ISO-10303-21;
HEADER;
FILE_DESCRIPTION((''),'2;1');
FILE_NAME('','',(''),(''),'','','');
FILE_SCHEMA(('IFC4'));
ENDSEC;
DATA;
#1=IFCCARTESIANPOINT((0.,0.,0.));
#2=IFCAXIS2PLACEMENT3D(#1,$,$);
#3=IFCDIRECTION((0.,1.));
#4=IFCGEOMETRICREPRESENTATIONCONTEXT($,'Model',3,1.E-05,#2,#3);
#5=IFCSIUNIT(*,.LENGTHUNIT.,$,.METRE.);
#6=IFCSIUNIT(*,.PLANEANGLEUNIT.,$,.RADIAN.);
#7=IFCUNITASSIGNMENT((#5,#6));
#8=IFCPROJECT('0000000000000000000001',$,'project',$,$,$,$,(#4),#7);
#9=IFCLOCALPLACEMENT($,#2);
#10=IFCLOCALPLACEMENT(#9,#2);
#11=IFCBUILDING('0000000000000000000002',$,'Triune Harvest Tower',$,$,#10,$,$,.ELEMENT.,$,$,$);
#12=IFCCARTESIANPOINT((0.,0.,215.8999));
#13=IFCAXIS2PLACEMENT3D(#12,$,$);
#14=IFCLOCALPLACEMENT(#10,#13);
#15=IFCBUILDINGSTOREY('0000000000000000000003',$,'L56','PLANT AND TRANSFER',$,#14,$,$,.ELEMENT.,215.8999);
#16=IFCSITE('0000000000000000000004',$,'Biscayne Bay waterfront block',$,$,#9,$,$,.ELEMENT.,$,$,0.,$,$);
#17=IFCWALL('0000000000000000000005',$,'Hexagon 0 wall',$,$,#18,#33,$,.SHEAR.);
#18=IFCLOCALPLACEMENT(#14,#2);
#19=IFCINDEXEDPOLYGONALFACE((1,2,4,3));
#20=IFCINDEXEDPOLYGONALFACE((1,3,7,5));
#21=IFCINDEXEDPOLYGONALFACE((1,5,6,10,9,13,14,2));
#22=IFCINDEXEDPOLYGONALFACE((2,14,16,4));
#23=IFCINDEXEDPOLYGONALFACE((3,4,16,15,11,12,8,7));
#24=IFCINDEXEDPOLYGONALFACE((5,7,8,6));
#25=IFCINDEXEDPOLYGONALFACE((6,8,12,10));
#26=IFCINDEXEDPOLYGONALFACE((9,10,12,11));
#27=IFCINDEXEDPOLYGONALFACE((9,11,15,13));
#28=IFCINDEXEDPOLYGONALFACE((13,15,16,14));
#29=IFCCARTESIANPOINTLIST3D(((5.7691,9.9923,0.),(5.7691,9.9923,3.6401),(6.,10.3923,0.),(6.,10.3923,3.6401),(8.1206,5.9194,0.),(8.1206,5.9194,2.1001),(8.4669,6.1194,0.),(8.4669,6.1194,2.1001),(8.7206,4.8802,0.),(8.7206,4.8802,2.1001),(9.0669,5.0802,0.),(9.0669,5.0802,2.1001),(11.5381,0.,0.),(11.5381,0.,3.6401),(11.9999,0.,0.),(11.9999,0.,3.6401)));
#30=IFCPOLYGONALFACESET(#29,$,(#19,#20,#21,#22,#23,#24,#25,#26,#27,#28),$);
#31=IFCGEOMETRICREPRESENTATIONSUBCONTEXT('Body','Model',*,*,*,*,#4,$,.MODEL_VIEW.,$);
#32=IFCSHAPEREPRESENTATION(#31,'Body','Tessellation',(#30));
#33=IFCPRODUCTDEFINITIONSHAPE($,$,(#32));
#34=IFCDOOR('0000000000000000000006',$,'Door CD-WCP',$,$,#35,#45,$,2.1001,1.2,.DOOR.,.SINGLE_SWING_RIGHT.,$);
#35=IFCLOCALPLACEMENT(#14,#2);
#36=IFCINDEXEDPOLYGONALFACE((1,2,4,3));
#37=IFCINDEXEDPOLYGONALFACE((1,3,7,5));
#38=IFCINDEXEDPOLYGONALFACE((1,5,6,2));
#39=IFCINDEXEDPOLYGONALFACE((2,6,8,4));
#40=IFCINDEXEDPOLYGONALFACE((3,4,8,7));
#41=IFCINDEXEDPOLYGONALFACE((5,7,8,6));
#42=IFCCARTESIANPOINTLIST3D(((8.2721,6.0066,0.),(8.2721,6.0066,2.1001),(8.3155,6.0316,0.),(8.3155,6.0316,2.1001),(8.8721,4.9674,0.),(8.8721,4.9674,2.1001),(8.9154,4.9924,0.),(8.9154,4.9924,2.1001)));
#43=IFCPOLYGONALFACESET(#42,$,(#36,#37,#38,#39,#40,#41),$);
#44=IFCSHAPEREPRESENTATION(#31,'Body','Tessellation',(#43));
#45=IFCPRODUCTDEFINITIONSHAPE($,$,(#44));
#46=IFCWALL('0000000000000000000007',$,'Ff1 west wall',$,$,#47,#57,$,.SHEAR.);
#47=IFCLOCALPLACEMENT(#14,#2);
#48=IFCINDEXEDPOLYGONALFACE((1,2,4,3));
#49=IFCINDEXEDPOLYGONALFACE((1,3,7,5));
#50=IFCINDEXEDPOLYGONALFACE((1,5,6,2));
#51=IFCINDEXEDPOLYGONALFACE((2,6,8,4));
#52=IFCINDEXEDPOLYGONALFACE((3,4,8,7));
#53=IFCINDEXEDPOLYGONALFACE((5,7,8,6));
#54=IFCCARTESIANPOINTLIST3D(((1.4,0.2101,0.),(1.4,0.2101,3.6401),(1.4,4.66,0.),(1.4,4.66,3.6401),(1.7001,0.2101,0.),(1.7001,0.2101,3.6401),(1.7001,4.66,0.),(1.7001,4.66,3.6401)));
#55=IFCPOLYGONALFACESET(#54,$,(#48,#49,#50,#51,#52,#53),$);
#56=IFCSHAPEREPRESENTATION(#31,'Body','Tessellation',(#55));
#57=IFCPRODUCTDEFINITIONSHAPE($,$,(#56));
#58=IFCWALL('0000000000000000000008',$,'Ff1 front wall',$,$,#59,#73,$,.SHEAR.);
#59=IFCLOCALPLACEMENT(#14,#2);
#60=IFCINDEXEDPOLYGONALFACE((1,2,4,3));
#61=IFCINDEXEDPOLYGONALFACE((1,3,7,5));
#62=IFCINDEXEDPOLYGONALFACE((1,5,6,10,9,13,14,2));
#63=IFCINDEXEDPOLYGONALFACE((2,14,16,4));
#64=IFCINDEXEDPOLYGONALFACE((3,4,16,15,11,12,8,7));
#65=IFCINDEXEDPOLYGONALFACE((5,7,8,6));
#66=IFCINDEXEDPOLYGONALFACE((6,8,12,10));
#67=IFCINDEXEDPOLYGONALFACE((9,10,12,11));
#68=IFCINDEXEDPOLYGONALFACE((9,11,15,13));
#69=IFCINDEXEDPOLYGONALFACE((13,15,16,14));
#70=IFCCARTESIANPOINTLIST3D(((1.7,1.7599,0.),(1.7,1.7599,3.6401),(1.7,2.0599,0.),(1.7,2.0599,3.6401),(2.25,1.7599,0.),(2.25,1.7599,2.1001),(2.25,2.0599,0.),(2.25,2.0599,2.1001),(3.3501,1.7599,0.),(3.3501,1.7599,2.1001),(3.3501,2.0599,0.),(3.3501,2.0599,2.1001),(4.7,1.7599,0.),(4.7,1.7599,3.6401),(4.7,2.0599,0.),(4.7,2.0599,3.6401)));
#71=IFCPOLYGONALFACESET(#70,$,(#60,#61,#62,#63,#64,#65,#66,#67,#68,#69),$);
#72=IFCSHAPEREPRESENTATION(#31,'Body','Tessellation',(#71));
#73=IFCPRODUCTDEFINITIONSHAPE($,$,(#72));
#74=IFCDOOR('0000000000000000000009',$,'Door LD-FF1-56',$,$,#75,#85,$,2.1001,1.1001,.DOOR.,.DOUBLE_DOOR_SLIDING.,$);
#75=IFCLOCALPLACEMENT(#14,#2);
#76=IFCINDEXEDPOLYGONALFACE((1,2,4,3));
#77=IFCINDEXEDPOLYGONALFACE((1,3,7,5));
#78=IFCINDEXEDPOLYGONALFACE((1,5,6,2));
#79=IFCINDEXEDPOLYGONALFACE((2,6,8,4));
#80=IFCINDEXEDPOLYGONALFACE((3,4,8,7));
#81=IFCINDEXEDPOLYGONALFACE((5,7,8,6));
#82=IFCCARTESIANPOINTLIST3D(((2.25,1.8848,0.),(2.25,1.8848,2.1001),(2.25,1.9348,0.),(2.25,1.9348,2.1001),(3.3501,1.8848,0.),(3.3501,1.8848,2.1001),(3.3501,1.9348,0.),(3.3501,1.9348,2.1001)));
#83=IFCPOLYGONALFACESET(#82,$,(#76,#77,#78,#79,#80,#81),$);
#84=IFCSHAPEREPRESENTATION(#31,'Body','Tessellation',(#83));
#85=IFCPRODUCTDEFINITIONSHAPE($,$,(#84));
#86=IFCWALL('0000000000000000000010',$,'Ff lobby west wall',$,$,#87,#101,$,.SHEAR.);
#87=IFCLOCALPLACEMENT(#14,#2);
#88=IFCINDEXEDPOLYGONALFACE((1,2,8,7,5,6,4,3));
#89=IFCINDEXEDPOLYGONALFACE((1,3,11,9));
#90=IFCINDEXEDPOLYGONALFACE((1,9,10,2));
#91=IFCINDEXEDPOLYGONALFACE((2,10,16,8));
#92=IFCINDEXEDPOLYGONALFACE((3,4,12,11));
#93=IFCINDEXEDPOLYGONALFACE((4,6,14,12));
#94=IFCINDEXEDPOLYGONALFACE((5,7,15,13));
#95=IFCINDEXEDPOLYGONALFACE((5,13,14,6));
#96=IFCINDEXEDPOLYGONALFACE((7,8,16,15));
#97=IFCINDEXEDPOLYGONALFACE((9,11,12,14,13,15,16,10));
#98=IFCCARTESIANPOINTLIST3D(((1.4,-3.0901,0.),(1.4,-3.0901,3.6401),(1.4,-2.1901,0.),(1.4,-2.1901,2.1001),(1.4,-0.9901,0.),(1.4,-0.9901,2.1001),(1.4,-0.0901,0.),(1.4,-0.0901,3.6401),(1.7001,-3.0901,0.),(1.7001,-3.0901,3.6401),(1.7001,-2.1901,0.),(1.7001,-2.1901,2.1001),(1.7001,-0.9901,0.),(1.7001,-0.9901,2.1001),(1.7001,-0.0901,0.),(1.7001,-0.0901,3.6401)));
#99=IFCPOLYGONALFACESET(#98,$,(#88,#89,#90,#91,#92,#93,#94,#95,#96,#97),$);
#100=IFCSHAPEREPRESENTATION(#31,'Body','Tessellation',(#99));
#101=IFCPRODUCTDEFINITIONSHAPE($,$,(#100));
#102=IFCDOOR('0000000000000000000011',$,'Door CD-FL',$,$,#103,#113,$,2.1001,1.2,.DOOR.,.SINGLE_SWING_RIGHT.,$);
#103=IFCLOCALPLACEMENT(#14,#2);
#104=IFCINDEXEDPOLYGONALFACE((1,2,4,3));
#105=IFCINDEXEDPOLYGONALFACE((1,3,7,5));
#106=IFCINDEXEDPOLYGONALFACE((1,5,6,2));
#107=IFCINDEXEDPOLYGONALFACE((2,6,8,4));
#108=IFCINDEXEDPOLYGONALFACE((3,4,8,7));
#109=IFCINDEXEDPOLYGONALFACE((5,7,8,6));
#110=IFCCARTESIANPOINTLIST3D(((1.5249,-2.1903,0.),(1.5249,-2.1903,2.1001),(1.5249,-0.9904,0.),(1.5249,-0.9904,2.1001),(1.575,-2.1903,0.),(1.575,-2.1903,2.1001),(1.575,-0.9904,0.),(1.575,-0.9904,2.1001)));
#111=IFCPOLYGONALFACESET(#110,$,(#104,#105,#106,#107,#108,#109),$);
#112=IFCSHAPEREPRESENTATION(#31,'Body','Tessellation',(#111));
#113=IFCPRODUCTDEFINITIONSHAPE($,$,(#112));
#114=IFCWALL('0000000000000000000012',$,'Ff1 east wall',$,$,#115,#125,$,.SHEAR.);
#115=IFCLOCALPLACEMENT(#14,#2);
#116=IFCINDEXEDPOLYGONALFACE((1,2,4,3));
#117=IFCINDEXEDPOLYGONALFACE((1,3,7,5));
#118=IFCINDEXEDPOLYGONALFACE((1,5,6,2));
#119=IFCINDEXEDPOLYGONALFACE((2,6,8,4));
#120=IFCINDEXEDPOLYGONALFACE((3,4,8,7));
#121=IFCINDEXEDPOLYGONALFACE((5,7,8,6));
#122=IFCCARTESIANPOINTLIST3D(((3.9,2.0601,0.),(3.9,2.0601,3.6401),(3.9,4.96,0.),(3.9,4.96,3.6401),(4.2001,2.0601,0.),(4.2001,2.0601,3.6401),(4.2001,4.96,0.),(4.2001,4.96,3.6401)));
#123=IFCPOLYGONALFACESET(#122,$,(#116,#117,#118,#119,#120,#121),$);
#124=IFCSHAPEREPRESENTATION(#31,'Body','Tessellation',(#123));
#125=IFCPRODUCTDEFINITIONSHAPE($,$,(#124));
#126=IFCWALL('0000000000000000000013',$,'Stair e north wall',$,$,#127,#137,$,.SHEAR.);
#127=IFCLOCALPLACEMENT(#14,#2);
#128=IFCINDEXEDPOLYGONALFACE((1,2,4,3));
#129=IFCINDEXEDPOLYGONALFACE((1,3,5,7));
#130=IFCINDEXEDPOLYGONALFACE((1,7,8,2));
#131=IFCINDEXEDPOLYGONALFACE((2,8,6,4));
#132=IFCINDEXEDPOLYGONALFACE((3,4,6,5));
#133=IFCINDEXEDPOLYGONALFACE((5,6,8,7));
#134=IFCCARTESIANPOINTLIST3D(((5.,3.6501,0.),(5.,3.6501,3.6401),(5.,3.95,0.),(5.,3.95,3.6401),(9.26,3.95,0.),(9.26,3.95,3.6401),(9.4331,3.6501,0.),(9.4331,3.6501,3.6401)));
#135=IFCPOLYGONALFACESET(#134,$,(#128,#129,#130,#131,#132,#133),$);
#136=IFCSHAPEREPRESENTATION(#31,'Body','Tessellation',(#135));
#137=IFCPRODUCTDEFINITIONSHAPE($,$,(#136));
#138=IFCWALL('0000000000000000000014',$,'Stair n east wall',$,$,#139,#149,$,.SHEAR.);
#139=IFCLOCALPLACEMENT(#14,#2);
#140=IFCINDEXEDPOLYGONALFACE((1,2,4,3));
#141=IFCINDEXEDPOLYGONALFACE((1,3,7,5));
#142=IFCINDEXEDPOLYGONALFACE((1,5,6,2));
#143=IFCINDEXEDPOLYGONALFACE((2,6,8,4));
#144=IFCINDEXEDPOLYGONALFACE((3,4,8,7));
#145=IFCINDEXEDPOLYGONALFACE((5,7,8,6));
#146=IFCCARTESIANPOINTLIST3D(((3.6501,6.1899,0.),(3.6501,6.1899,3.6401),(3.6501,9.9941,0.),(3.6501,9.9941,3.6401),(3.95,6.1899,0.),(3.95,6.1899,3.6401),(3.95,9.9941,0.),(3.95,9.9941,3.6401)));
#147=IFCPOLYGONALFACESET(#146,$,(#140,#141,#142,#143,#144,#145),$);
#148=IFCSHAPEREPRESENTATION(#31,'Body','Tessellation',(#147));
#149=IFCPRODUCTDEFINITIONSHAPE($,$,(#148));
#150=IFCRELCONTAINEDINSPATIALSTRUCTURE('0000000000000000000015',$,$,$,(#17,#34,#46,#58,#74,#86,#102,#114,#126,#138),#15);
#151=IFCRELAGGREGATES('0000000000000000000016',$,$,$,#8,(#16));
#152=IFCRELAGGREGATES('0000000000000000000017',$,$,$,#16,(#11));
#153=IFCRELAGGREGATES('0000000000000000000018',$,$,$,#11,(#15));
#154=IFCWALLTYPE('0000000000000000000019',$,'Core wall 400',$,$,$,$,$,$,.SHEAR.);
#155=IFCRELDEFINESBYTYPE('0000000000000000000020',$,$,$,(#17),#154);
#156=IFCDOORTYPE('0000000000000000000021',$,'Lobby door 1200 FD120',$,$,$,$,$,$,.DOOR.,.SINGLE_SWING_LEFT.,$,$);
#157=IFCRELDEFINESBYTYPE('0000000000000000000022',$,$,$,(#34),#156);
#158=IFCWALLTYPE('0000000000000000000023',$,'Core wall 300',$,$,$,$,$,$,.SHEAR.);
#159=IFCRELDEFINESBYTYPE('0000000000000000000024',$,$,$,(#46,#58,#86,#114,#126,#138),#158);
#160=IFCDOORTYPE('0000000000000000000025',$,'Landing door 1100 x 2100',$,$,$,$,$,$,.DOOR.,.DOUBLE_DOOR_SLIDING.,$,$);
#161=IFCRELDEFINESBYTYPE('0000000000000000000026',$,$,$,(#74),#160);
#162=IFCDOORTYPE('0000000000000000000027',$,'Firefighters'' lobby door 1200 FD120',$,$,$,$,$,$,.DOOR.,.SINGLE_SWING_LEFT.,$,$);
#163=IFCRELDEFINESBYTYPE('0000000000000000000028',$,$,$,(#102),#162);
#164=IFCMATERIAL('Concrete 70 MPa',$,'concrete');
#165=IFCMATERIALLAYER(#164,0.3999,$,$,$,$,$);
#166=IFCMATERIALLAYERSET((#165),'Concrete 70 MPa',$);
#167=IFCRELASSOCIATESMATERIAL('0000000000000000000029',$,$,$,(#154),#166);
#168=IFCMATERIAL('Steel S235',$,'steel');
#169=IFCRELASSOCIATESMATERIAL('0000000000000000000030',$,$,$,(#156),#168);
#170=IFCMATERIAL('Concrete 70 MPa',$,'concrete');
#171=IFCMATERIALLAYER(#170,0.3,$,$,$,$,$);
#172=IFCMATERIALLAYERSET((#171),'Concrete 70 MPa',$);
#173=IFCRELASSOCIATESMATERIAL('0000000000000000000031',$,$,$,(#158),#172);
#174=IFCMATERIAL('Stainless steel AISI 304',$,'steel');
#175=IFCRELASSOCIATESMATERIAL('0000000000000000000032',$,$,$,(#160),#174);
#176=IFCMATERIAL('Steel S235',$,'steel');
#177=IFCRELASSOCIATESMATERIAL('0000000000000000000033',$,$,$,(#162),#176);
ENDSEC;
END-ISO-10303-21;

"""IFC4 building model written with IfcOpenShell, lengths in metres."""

from ifc_helpers import new_model, si_unit, direction, frame, frame_2d, origin, place, context, subcontext, project, spatial, polyline, rectangle, outline, extrude, source, transform, mapped, material, layer, layer_set, type_object, element, fill, save


model = new_model("IFC4")

# Units and contexts
model_context = context("Model", 3, precision=1e-05, world=origin(), true_north=direction((0.0, 1.0)))
body_context = subcontext(model_context, "Body", "Model", "MODEL_VIEW")
ifc_project = project(units=[si_unit("LENGTHUNIT", "METRE"), si_unit("PLANEANGLEUNIT", "RADIAN")], contexts=[model_context])

# Site, building, storey
site_placement = place(None, origin())
site = spatial("IfcSite", under=ifc_project, at=site_placement, Name="Biscayne Bay waterfront block", CompositionType="ELEMENT", RefElevation=0.0)
building_placement = place(site_placement, origin())
building = spatial("IfcBuilding", under=site, at=building_placement, Name="Triune Harvest Tower", CompositionType="ELEMENT")
storey_placement = place(building_placement, frame((0.0, 0.0, 215.8999)))
storey = spatial("IfcBuildingStorey", under=building, at=storey_placement, Name="L56", Description="PLANT AND TRANSFER", CompositionType="ELEMENT", Elevation=215.8999)

# Wall, opening, door
ifc_material_1 = material(Name="Concrete 70 MPa", Category="concrete")
ifc_layer_1 = layer(ifc_material_1, 0.3999)
ifc_layer_set_1 = layer_set([ifc_layer_1], Name="Concrete 70 MPa")
wall_type_1 = type_object("IfcWallType", Name="Core wall 400", PredefinedType="SHEAR", material=ifc_layer_set_1)
shared_shape_1 = source(origin(), body_context, "Body", "SweptSolid", [
    extrude(outline(polyline([(-0.1155, -0.2), (11.8845, -0.2), (11.6536, 0.2), (0.1155, 0.2), (-0.1155, -0.2)])), origin(), (0.0, 0.0, 1.0), 3.6401),
])
wall_1_placement = place(storey_placement, frame((11.769, 0.0, 0.0), z_axis=(0.0, 0.0, 1.0), x_axis=(-0.499997, 0.866027, 0.0)))
wall_1 = element("IfcWall", 1, at=wall_1_placement, inside=storey, type_object=wall_type_1, Name="Hexagon 0 wall", PredefinedType="SHEAR", context=body_context, shape_type="MappedRepresentation", body=[
    mapped(shared_shape_1, transform((0.0, 0.0, 0.0), scale=1.0)),
])
opening_1_placement = place(wall_1_placement, frame((5.7505, 0.0, 0.0)))
opening_1 = element("IfcOpeningElement", 2, at=opening_1_placement, cuts=wall_1, PredefinedType="OPENING", context=body_context, shape_type="SweptSolid", body=[
    extrude(rectangle(XDim=1.2, YDim=2.1001, at=frame_2d((0.6001, 1.05))), frame((0.0, 0.21, 0.0), z_axis=(0.0, -1.0, 0.0), x_axis=(1.0, 0.0, 0.0)), (0.0, 0.0, 1.0), 0.4199),
])
ifc_material_2 = material(Name="Steel S235", Category="steel")
door_type_1 = type_object("IfcDoorType", Name="Lobby door 1200 FD120", OperationType="SINGLE_SWING_LEFT", PredefinedType="DOOR", material=ifc_material_2)
door_1_placement = place(opening_1_placement, frame((1.2, 0.0, 0.0), z_axis=(0.0, 0.0, 1.0), x_axis=(-1.0, 0.0, 0.0)))
door_1 = element("IfcDoor", 3, at=door_1_placement, inside=storey, type_object=door_type_1, Name="Door CD-WCP", OperationType="SINGLE_SWING_RIGHT", OverallHeight=2.1001, OverallWidth=1.2, PredefinedType="DOOR", context=body_context, shape_type="SweptSolid", body=[
    extrude(rectangle(XDim=1.2, YDim=2.1001, at=frame_2d((0.6001, 1.05))), frame((0.0, 0.0249, 0.0), z_axis=(0.0, -1.0, 0.0), x_axis=(1.0, 0.0, 0.0)), (0.0, 0.0, 1.0), 0.05),
])
fill(opening_1, door_1)

# Wall
ifc_material_3 = material(Name="Concrete 70 MPa", Category="concrete")
ifc_layer_2 = layer(ifc_material_3, 0.3)
ifc_layer_set_2 = layer_set([ifc_layer_2], Name="Concrete 70 MPa")
wall_type_2 = type_object("IfcWallType", Name="Core wall 300", PredefinedType="SHEAR", material=ifc_layer_set_2)
shared_shape_2 = source(origin(), body_context, "Body", "SweptSolid", [
    extrude(rectangle(XDim=4.45, YDim=0.3, at=frame_2d((2.2251, 0.0))), origin(), (0.0, 0.0, 1.0), 3.6401),
])
wall_2_placement = place(storey_placement, frame((1.55, 0.21, 0.0), z_axis=(0.0, 0.0, 1.0), x_axis=(0.0, 1.0, 0.0)))
element("IfcWall", 4, at=wall_2_placement, inside=storey, type_object=wall_type_2, Name="Ff1 west wall", PredefinedType="SHEAR", context=body_context, shape_type="MappedRepresentation", body=[
    mapped(shared_shape_2, transform((0.0, 0.0, 0.0), scale=1.0)),
])

# Walls, openings, doors
shared_shape_3 = source(origin(), body_context, "Body", "SweptSolid", [
    extrude(rectangle(XDim=3.0, YDim=0.3, at=frame_2d((1.5, 0.0))), origin(), (0.0, 0.0, 1.0), 3.6401),
])
wall_3_placement = place(storey_placement, frame((1.7, 1.9099, 0.0), z_axis=(0.0, 0.0, 1.0), x_axis=(1.0, 0.0, 0.0)))
wall_3 = element("IfcWall", 5, at=wall_3_placement, inside=storey, type_object=wall_type_2, Name="Ff1 front wall", PredefinedType="SHEAR", context=body_context, shape_type="MappedRepresentation", body=[
    mapped(shared_shape_3, transform((0.0, 0.0, 0.0), scale=1.0)),
])
opening_2_placement = place(wall_3_placement, frame((0.55, 0.0, 0.0)))
opening_2 = element("IfcOpeningElement", 6, at=opening_2_placement, cuts=wall_3, PredefinedType="OPENING", context=body_context, shape_type="SweptSolid", body=[
    extrude(rectangle(XDim=1.1001, YDim=2.1001, at=frame_2d((0.55, 1.05))), frame((0.0, 0.1602, 0.0), z_axis=(0.0, -1.0, 0.0), x_axis=(1.0, 0.0, 0.0)), (0.0, 0.0, 1.0), 0.3201),
])
ifc_material_4 = material(Name="Stainless steel AISI 304", Category="steel")
door_type_2 = type_object("IfcDoorType", Name="Landing door 1100 x 2100", OperationType="DOUBLE_DOOR_SLIDING", PredefinedType="DOOR", material=ifc_material_4)
door_2_placement = place(opening_2_placement, origin())
door_2 = element("IfcDoor", 7, at=door_2_placement, inside=storey, type_object=door_type_2, Name="Door LD-FF1-56", OperationType="DOUBLE_DOOR_SLIDING", OverallHeight=2.1001, OverallWidth=1.1001, PredefinedType="DOOR", context=body_context, shape_type="SweptSolid", body=[
    extrude(rectangle(XDim=1.1001, YDim=2.1001, at=frame_2d((0.55, 1.05))), frame((0.0, 0.0249, 0.0), z_axis=(0.0, -1.0, 0.0), x_axis=(1.0, 0.0, 0.0)), (0.0, 0.0, 1.0), 0.05),
])
fill(opening_2, door_2)
wall_4_placement = place(storey_placement, frame((1.55, -3.0901, 0.0), z_axis=(0.0, 0.0, 1.0), x_axis=(0.0, 1.0, 0.0)))
wall_4 = element("IfcWall", 8, at=wall_4_placement, inside=storey, type_object=wall_type_2, Name="Ff lobby west wall", PredefinedType="SHEAR", context=body_context, shape_type="MappedRepresentation", body=[
    mapped(shared_shape_3, transform((0.0, 0.0, 0.0), scale=1.0)),
])
opening_3_placement = place(wall_4_placement, frame((0.8999, 0.0, 0.0)))
opening_3 = element("IfcOpeningElement", 9, at=opening_3_placement, cuts=wall_4, PredefinedType="OPENING", context=body_context, shape_type="SweptSolid", body=[
    extrude(rectangle(XDim=1.2, YDim=2.1001, at=frame_2d((0.6001, 1.05))), frame((0.0, 0.1602, 0.0), z_axis=(0.0, -1.0, 0.0), x_axis=(1.0, 0.0, 0.0)), (0.0, 0.0, 1.0), 0.3201),
])
ifc_material_5 = material(Name="Steel S235", Category="steel")
door_type_3 = type_object("IfcDoorType", Name="Firefighters' lobby door 1200 FD120", OperationType="SINGLE_SWING_LEFT", PredefinedType="DOOR", material=ifc_material_5)
door_3_placement = place(opening_3_placement, frame((1.2, 0.0, 0.0), z_axis=(0.0, 0.0, 1.0), x_axis=(-1.0, 0.0, 0.0)))
door_3 = element("IfcDoor", 10, at=door_3_placement, inside=storey, type_object=door_type_3, Name="Door CD-FL", OperationType="SINGLE_SWING_RIGHT", OverallHeight=2.1001, OverallWidth=1.2, PredefinedType="DOOR", context=body_context, shape_type="SweptSolid", body=[
    extrude(rectangle(XDim=1.2, YDim=2.1001, at=frame_2d((0.6001, 1.05))), frame((0.0, 0.0249, 0.0), z_axis=(0.0, -1.0, 0.0), x_axis=(1.0, 0.0, 0.0)), (0.0, 0.0, 1.0), 0.05),
])
fill(opening_3, door_3)

# Walls
shared_shape_4 = source(origin(), body_context, "Body", "SweptSolid", [
    extrude(rectangle(XDim=2.8999, YDim=0.3, at=frame_2d((1.45, 0.0))), origin(), (0.0, 0.0, 1.0), 3.6401),
])
wall_5_placement = place(storey_placement, frame((4.05, 2.0601, 0.0), z_axis=(0.0, 0.0, 1.0), x_axis=(0.0, 1.0, 0.0)))
element("IfcWall", 11, at=wall_5_placement, inside=storey, type_object=wall_type_2, Name="Ff1 east wall", PredefinedType="SHEAR", context=body_context, shape_type="MappedRepresentation", body=[
    mapped(shared_shape_4, transform((0.0, 0.0, 0.0), scale=1.0)),
])
shared_shape_5 = source(origin(), body_context, "Body", "SweptSolid", [
    extrude(outline(polyline([(0.0, -0.1499), (0.0, 0.1499), (4.26, 0.1499), (4.4331, -0.1499), (0.0, -0.1499)])), origin(), (0.0, 0.0, 1.0), 3.6401),
])
wall_6_placement = place(storey_placement, frame((5.0, 3.8, 0.0), z_axis=(0.0, 0.0, 1.0), x_axis=(1.0, 0.0, 0.0)))
element("IfcWall", 12, at=wall_6_placement, inside=storey, type_object=wall_type_2, Name="Stair e north wall", PredefinedType="SHEAR", context=body_context, shape_type="MappedRepresentation", body=[
    mapped(shared_shape_5, transform((0.0, 0.0, 0.0), scale=1.0)),
])
shared_shape_6 = source(origin(), body_context, "Body", "SweptSolid", [
    extrude(outline(polyline([(0.0, -0.1499), (0.0, 0.1499), (3.8042, 0.1499), (3.8042, -0.1499), (0.0, -0.1499)])), origin(), (0.0, 0.0, 1.0), 3.6401),
])
wall_7_placement = place(storey_placement, frame((3.8, 6.1899, 0.0), z_axis=(0.0, 0.0, 1.0), x_axis=(0.0, 1.0, 0.0)))
element("IfcWall", 13, at=wall_7_placement, inside=storey, type_object=wall_type_2, Name="Stair n east wall", PredefinedType="SHEAR", context=body_context, shape_type="MappedRepresentation", body=[
    mapped(shared_shape_6, transform((0.0, 0.0, 0.0), scale=1.0)),
])

save(model, "model.ifc")
